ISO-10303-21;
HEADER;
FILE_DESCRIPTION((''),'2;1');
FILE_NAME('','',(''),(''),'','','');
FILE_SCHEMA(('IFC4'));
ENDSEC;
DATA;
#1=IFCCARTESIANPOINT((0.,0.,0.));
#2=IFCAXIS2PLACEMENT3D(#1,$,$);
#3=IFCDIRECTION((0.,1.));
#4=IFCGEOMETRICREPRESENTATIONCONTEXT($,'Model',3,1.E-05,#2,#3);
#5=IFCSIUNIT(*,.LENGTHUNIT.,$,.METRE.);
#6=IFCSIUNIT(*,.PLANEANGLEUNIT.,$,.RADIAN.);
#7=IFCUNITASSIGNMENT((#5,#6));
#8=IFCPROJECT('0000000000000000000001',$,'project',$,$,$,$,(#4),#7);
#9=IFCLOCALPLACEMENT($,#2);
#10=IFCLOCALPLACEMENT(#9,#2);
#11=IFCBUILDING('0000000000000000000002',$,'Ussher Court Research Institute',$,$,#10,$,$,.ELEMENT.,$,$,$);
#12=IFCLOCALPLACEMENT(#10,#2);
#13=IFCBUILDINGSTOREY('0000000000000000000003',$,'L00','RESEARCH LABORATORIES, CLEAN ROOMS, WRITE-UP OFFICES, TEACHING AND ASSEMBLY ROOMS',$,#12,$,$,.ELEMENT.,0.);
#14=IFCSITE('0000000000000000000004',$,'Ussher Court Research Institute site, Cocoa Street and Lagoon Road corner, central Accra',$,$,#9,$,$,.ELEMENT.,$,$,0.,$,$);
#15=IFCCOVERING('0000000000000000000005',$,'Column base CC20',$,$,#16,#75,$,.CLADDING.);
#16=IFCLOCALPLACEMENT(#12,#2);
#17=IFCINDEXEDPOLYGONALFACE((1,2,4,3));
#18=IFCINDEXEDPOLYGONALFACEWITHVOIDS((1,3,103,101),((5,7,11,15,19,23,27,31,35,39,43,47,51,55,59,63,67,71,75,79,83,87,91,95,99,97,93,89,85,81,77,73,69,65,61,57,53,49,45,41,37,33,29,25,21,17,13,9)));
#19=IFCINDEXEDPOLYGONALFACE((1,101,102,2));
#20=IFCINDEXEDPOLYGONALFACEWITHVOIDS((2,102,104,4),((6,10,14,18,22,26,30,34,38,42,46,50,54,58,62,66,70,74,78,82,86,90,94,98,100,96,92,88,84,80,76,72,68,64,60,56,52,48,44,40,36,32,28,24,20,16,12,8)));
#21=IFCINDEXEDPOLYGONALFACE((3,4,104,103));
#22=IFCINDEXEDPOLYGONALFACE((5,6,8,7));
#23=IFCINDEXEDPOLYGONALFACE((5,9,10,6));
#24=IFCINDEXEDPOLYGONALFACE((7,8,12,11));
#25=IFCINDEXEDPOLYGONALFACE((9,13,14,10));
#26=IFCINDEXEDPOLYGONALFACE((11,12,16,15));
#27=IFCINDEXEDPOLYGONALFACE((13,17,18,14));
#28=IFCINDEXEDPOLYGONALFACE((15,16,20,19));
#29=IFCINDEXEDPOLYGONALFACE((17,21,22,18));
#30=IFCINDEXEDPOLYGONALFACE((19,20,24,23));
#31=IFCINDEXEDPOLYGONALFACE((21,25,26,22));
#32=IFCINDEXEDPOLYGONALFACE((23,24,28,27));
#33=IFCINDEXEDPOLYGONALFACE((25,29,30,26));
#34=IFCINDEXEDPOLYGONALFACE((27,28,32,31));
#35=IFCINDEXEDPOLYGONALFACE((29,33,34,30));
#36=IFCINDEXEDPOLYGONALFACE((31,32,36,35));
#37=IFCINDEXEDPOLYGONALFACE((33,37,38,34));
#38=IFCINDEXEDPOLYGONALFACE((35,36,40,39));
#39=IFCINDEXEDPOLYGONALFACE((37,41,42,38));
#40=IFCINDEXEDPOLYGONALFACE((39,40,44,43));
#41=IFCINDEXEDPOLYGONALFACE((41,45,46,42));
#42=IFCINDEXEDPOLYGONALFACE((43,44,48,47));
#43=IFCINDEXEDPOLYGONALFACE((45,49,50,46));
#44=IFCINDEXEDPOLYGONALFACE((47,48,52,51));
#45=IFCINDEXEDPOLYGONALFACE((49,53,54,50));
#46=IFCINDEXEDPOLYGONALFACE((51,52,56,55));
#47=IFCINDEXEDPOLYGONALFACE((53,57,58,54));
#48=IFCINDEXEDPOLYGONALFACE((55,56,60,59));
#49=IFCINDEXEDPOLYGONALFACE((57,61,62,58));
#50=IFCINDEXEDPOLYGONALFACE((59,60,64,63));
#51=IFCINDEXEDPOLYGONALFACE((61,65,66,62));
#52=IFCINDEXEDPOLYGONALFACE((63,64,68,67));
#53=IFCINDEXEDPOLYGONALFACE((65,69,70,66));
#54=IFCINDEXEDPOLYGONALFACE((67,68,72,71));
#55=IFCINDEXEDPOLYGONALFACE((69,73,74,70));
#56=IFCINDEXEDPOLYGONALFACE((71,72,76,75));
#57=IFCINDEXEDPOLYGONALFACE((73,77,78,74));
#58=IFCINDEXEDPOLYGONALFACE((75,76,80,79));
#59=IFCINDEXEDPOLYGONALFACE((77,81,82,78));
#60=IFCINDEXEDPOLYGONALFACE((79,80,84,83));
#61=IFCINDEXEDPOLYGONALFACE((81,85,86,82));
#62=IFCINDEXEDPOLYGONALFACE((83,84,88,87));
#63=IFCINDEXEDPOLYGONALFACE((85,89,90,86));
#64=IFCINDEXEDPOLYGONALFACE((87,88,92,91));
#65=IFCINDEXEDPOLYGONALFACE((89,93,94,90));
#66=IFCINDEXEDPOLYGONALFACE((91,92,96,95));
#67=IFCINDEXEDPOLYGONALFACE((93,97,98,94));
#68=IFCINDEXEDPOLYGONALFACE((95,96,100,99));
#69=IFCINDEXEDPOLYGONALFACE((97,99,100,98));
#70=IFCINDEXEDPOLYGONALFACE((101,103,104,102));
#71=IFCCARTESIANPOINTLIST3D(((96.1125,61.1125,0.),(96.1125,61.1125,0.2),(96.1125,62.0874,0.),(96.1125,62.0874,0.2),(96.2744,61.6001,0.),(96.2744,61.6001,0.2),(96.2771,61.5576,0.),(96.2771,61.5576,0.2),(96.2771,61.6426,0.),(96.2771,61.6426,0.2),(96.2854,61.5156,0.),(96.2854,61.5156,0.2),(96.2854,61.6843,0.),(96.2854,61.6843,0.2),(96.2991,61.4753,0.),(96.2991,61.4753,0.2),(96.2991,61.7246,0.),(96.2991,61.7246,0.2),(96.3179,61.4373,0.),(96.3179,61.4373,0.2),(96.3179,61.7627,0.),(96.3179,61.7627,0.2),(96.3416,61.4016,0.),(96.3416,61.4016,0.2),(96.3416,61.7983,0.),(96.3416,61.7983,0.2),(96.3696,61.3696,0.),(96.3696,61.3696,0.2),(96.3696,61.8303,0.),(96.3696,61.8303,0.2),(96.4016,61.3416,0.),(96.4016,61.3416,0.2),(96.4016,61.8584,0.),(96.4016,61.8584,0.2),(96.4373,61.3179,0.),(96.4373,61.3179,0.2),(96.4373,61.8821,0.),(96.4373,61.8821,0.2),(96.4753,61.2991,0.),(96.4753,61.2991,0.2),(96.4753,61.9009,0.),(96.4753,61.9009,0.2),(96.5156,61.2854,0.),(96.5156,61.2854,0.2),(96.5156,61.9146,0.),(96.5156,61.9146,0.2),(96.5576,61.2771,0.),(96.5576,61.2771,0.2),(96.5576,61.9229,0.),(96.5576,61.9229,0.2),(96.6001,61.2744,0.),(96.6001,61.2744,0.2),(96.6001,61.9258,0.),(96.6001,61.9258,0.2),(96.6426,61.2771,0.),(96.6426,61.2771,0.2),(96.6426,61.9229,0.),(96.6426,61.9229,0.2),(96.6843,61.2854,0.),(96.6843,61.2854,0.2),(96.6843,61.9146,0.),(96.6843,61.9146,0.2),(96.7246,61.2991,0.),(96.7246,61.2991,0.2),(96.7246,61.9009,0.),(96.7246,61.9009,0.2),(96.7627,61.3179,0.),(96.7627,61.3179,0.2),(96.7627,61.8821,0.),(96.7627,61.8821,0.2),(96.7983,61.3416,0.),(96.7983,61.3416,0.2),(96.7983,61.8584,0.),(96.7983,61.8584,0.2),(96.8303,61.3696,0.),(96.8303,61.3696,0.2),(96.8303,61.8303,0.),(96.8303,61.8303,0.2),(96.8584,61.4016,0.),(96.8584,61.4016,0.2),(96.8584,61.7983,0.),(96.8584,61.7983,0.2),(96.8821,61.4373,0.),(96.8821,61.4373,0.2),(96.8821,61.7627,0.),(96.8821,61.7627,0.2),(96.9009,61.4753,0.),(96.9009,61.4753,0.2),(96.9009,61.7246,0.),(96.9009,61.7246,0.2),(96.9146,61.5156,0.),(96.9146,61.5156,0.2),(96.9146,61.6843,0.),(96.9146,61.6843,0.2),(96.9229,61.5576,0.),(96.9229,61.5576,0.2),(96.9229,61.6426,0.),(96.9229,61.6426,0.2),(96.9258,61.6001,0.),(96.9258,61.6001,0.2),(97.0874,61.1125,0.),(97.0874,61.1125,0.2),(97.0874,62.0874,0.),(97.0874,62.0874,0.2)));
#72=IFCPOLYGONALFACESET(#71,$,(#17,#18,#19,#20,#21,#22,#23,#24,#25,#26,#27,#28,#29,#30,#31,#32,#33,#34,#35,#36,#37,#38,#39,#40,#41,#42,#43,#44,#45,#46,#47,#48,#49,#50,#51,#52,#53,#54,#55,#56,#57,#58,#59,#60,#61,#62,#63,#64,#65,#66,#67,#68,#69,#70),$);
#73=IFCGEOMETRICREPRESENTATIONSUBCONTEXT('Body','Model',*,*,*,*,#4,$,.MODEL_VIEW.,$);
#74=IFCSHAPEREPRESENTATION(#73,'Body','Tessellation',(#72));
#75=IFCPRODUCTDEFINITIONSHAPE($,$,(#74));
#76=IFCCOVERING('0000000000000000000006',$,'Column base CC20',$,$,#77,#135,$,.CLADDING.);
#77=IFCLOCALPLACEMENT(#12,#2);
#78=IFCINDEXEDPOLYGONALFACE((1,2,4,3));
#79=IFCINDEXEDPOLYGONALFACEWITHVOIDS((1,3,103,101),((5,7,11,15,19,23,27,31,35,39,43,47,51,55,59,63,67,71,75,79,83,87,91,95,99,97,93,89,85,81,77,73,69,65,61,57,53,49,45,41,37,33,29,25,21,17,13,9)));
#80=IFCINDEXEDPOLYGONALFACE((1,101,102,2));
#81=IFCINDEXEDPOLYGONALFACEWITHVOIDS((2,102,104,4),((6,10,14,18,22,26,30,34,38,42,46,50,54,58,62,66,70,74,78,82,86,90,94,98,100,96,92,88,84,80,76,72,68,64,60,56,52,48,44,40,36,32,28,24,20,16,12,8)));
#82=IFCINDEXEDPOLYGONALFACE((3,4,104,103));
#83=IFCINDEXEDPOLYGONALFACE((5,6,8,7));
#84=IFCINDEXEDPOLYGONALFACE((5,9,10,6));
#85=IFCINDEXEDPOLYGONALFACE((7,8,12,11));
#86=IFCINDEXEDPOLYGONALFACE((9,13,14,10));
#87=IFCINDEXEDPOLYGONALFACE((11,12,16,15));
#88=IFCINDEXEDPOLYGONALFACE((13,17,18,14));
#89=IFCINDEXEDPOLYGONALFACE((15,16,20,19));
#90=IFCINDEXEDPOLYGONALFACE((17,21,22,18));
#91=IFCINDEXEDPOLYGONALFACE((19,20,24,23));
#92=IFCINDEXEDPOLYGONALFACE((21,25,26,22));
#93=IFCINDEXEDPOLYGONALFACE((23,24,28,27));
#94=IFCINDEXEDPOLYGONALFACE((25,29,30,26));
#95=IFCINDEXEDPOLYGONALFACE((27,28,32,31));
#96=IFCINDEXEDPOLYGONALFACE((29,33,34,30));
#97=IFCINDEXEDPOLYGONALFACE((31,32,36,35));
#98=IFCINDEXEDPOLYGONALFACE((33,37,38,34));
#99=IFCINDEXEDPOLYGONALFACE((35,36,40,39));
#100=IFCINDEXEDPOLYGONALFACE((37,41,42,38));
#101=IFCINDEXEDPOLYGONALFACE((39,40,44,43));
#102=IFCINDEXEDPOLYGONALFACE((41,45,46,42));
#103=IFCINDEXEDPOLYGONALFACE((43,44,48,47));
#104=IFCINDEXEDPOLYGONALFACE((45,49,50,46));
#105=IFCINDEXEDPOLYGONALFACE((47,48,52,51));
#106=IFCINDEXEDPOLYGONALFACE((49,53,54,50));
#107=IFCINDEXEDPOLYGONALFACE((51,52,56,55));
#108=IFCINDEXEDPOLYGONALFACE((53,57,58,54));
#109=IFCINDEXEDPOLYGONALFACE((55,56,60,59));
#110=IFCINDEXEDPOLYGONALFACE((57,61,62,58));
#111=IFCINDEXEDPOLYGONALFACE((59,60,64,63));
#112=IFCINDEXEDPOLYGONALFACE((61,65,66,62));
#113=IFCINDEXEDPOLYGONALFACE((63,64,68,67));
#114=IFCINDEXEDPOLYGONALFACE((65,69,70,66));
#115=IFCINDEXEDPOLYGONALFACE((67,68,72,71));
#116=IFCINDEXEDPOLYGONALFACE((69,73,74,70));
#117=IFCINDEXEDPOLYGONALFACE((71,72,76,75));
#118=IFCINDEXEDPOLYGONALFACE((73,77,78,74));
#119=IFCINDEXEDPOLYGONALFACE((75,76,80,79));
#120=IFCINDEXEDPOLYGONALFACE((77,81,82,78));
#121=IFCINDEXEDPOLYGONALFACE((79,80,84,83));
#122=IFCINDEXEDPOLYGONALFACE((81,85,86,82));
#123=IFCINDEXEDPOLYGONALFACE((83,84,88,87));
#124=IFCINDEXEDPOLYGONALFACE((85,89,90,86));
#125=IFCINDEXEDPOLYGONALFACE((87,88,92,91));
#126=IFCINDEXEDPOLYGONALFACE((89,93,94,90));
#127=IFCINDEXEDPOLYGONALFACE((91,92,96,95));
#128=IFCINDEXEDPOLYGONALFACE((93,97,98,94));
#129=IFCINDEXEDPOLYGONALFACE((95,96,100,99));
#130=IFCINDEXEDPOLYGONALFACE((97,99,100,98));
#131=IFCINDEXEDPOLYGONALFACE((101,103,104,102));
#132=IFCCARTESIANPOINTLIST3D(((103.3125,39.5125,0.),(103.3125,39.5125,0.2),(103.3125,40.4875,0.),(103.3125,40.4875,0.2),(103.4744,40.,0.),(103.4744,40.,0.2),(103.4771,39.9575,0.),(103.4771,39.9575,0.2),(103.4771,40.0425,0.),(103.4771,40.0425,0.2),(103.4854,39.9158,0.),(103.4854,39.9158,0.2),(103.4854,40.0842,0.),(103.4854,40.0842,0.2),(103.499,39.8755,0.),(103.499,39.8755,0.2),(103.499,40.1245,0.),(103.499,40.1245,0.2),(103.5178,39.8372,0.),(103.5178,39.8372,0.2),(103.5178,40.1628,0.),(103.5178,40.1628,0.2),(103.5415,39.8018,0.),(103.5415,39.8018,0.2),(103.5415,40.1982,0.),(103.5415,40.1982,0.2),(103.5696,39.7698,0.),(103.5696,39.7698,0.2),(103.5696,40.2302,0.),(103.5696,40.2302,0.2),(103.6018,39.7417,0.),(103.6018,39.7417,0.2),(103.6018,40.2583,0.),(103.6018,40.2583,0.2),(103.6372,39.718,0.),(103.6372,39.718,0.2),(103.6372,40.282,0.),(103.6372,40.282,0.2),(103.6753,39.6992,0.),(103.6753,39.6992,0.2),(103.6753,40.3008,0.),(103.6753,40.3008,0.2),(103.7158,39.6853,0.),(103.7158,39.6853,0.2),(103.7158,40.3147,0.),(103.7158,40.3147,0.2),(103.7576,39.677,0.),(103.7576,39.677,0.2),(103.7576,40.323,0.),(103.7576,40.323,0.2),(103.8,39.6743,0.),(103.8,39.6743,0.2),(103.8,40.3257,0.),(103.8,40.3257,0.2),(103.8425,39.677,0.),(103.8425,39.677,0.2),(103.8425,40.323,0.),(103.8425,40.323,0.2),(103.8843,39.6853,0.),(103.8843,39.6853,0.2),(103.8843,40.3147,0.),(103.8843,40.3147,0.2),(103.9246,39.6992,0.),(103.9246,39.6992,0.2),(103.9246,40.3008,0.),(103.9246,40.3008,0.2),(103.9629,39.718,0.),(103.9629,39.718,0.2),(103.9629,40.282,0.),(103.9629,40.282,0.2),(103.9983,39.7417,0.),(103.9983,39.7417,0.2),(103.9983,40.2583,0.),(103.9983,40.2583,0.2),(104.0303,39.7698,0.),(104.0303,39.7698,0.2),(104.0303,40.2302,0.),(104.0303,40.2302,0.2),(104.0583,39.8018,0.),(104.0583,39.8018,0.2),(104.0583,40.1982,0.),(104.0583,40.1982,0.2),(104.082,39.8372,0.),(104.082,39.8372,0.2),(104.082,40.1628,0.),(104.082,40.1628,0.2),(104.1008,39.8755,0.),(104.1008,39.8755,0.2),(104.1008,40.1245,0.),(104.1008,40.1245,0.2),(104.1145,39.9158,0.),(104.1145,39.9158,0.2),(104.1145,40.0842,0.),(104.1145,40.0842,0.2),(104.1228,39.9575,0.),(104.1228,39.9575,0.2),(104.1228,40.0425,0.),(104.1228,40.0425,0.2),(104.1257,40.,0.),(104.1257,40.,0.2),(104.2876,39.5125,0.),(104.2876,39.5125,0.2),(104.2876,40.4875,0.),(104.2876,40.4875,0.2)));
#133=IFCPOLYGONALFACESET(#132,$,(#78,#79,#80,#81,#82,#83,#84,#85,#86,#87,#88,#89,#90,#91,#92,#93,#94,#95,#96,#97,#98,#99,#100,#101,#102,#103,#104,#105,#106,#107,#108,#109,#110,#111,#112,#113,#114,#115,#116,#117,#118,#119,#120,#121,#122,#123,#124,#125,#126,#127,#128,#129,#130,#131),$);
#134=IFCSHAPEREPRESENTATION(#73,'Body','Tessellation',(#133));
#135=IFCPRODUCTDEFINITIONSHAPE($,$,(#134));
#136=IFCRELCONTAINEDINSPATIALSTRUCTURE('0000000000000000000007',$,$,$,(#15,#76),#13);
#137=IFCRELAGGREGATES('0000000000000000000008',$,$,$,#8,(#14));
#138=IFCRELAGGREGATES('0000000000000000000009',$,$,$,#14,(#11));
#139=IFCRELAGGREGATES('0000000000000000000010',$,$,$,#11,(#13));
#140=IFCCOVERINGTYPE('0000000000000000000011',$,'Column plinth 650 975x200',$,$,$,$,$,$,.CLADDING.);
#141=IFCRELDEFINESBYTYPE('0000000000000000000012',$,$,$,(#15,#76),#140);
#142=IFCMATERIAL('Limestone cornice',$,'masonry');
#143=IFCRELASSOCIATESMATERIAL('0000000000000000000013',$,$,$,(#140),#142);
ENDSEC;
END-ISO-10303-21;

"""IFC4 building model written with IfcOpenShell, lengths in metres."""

from ifc_helpers import new_model, si_unit, direction, origin, place, context, subcontext, project, spatial, polyline, outline, extrude, material, type_object, element, save


model = new_model("IFC4")

# Units and contexts
model_context = context("Model", 3, precision=1e-05, world=origin(), true_north=direction((0.0, 1.0)))
body_context = subcontext(model_context, "Body", "Model", "MODEL_VIEW")
ifc_project = project(units=[si_unit("LENGTHUNIT", "METRE"), si_unit("PLANEANGLEUNIT", "RADIAN")], contexts=[model_context])

# Site, building, storey
site_placement = place(None, origin())
site = spatial("IfcSite", under=ifc_project, at=site_placement, Name="Ussher Court Research Institute site, Cocoa Street and Lagoon Road corner, central Accra", CompositionType="ELEMENT", RefElevation=0.0)
building_placement = place(site_placement, origin())
building = spatial("IfcBuilding", under=site, at=building_placement, Name="Ussher Court Research Institute", CompositionType="ELEMENT")
storey_placement = place(building_placement, origin())
storey = spatial("IfcBuildingStorey", under=building, at=storey_placement, Name="L00", Description="RESEARCH LABORATORIES, CLEAN ROOMS, WRITE-UP OFFICES, TEACHING AND ASSEMBLY ROOMS", CompositionType="ELEMENT", Elevation=0.0)

# Coverings
ifc_material_1 = material(Name="Limestone cornice", Category="masonry")
covering_type_1 = type_object("IfcCoveringType", Name="Column plinth 650 975x200", PredefinedType="CLADDING", material=ifc_material_1)
covering_1_placement = place(storey_placement, origin())
element("IfcCovering", 1, at=covering_1_placement, inside=storey, type_object=covering_type_1, Name="Column base CC20", PredefinedType="CLADDING", context=body_context, shape_type="SweptSolid", body=[
    extrude(outline(polyline([(97.0874, 61.1125), (97.0874, 62.0874), (96.1125, 62.0874), (96.1125, 61.1125), (97.0874, 61.1125)]), holes=[polyline([(96.9258, 61.6001), (96.9229, 61.6426), (96.9146, 61.6843), (96.9009, 61.7246), (96.8821, 61.7627), (96.8584, 61.7983), (96.8303, 61.8303), (96.7983, 61.8584), (96.7627, 61.8821), (96.7246, 61.9009), (96.6843, 61.9146), (96.6426, 61.9229), (96.6001, 61.9258), (96.5576, 61.9229), (96.5156, 61.9146), (96.4753, 61.9009), (96.4373, 61.8821), (96.4016, 61.8584), (96.3696, 61.8303), (96.3416, 61.7983), (96.3179, 61.7627), (96.2991, 61.7246), (96.2854, 61.6843), (96.2771, 61.6426), (96.2744, 61.6001), (96.2771, 61.5576), (96.2854, 61.5156), (96.2991, 61.4753), (96.3179, 61.4373), (96.3416, 61.4016), (96.3696, 61.3696), (96.4016, 61.3416), (96.4373, 61.3179), (96.4753, 61.2991), (96.5156, 61.2854), (96.5576, 61.2771), (96.6001, 61.2744), (96.6426, 61.2771), (96.6843, 61.2854), (96.7246, 61.2991), (96.7627, 61.3179), (96.7983, 61.3416), (96.8303, 61.3696), (96.8584, 61.4016), (96.8821, 61.4373), (96.9009, 61.4753), (96.9146, 61.5156), (96.9229, 61.5576), (96.9258, 61.6001)])]), origin(), (0.0, 0.0, 1.0), 0.2),
])
covering_2_placement = place(storey_placement, origin())
element("IfcCovering", 2, at=covering_2_placement, inside=storey, type_object=covering_type_1, Name="Column base CC20", PredefinedType="CLADDING", context=body_context, shape_type="SweptSolid", body=[
    extrude(outline(polyline([(104.2876, 39.5125), (104.2876, 40.4875), (103.3125, 40.4875), (103.3125, 39.5125), (104.2876, 39.5125)]), holes=[polyline([(104.1257, 40.0), (104.1228, 40.0425), (104.1145, 40.0842), (104.1008, 40.1245), (104.082, 40.1628), (104.0583, 40.1982), (104.0303, 40.2302), (103.9983, 40.2583), (103.9629, 40.282), (103.9246, 40.3008), (103.8843, 40.3147), (103.8425, 40.323), (103.8, 40.3257), (103.7576, 40.323), (103.7158, 40.3147), (103.6753, 40.3008), (103.6372, 40.282), (103.6018, 40.2583), (103.5696, 40.2302), (103.5415, 40.1982), (103.5178, 40.1628), (103.499, 40.1245), (103.4854, 40.0842), (103.4771, 40.0425), (103.4744, 40.0), (103.4771, 39.9575), (103.4854, 39.9158), (103.499, 39.8755), (103.5178, 39.8372), (103.5415, 39.8018), (103.5696, 39.7698), (103.6018, 39.7417), (103.6372, 39.718), (103.6753, 39.6992), (103.7158, 39.6853), (103.7576, 39.677), (103.8, 39.6743), (103.8425, 39.677), (103.8843, 39.6853), (103.9246, 39.6992), (103.9629, 39.718), (103.9983, 39.7417), (104.0303, 39.7698), (104.0583, 39.8018), (104.082, 39.8372), (104.1008, 39.8755), (104.1145, 39.9158), (104.1228, 39.9575), (104.1257, 40.0)])]), origin(), (0.0, 0.0, 1.0), 0.2),
])

save(model, "model.ifc")
